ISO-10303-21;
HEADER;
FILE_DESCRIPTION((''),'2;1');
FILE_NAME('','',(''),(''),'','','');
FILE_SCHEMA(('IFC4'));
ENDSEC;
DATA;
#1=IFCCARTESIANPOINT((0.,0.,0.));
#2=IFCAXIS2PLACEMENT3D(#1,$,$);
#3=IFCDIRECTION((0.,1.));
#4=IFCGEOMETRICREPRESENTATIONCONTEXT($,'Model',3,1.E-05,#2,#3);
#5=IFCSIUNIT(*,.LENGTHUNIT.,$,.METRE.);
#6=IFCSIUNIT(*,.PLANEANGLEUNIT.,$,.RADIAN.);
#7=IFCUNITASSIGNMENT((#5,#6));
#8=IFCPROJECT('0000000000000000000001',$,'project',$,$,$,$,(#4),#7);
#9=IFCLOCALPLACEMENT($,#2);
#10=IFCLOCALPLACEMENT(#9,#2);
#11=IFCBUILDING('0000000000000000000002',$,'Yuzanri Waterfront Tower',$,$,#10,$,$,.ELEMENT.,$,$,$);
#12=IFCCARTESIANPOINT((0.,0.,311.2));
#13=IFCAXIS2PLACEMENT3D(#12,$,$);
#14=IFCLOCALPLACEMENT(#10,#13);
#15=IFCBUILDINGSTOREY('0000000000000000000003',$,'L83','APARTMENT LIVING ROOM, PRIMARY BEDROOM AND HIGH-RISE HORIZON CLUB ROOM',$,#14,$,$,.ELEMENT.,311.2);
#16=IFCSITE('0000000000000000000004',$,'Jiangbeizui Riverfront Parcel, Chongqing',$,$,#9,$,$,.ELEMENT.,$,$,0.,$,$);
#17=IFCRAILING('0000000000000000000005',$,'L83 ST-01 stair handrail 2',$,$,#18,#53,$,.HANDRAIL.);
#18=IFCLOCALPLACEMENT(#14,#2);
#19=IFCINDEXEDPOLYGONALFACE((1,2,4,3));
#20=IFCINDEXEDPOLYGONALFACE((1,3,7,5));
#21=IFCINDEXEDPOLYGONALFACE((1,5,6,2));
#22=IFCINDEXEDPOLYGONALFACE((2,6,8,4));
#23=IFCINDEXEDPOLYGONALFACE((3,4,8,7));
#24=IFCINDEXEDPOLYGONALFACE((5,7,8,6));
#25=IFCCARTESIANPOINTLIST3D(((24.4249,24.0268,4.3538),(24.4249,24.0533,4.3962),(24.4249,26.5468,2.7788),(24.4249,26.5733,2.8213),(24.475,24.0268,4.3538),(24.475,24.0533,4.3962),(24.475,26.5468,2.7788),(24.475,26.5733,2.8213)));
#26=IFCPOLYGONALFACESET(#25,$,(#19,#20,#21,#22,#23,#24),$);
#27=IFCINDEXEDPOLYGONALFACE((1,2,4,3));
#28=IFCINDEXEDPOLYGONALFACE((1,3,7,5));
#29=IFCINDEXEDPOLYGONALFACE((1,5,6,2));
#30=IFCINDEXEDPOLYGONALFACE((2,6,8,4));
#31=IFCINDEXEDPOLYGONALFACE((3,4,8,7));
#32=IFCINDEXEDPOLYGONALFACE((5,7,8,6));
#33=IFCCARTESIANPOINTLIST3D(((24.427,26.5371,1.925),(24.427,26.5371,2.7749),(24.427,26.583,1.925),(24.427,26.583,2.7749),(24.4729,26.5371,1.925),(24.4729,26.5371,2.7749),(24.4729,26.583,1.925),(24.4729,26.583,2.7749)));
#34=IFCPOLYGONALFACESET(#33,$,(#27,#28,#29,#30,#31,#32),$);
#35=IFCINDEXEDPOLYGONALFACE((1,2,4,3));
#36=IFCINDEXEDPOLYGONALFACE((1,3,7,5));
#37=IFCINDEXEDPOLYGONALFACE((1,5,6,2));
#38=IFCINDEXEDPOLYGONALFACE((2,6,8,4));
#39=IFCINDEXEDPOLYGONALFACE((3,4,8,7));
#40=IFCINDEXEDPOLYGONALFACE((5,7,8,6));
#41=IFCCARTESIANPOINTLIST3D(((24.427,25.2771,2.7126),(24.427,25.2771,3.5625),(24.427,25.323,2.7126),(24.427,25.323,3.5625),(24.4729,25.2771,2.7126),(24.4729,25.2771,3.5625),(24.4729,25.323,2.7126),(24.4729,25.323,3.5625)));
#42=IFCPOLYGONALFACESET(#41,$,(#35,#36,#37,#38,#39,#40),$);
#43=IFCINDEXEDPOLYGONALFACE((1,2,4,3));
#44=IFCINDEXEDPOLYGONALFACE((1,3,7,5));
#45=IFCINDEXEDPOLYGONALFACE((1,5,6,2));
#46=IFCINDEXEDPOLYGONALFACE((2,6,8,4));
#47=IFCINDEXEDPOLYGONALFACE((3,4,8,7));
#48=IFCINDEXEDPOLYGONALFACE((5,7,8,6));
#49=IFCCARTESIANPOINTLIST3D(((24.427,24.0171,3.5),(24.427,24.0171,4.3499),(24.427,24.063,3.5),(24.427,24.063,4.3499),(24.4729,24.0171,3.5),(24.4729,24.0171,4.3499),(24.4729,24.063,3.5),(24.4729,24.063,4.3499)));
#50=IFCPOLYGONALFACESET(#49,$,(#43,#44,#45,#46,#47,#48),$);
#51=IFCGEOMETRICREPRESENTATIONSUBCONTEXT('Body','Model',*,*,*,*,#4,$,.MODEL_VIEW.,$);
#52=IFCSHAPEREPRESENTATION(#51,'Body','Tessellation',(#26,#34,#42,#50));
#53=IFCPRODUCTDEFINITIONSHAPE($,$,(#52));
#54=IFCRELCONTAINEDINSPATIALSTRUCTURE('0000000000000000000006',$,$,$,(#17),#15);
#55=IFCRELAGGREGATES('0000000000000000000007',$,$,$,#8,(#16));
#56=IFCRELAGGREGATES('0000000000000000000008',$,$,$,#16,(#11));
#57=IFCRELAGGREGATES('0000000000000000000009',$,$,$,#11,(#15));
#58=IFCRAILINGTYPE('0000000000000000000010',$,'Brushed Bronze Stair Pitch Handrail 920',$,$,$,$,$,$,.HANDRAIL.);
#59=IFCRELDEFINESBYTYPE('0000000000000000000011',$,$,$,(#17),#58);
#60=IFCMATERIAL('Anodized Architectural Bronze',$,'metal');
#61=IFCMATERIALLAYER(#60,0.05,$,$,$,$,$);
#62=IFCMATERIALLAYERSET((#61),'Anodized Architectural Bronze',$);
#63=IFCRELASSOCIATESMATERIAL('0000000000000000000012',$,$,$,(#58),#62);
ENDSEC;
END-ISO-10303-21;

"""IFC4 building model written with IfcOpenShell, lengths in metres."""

from ifc_helpers import new_model, si_unit, direction, frame, origin, origin_2d, place, context, subcontext, project, spatial, rectangle, extrude, source, transform, mapped, material, layer, layer_set, type_object, element, save


model = new_model("IFC4")

# Units and contexts
model_context = context("Model", 3, precision=1e-05, world=origin(), true_north=direction((0.0, 1.0)))
body_context = subcontext(model_context, "Body", "Model", "MODEL_VIEW")
ifc_project = project(units=[si_unit("LENGTHUNIT", "METRE"), si_unit("PLANEANGLEUNIT", "RADIAN")], contexts=[model_context])

# Site, building, storey
site_placement = place(None, origin())
site = spatial("IfcSite", under=ifc_project, at=site_placement, Name="Jiangbeizui Riverfront Parcel, Chongqing", CompositionType="ELEMENT", RefElevation=0.0)
building_placement = place(site_placement, origin())
building = spatial("IfcBuilding", under=site, at=building_placement, Name="Yuzanri Waterfront Tower", CompositionType="ELEMENT")
storey_placement = place(building_placement, frame((0.0, 0.0, 311.2)))
storey = spatial("IfcBuildingStorey", under=building, at=storey_placement, Name="L83", Description="APARTMENT LIVING ROOM, PRIMARY BEDROOM AND HIGH-RISE HORIZON CLUB ROOM", CompositionType="ELEMENT", Elevation=311.2)

# Railing
ifc_material_1 = material(Name="Anodized Architectural Bronze", Category="metal")
ifc_layer_1 = layer(ifc_material_1, 0.05)
ifc_layer_set_1 = layer_set([ifc_layer_1], Name="Anodized Architectural Bronze")
railing_type_1 = type_object("IfcRailingType", Name="Brushed Bronze Stair Pitch Handrail 920", PredefinedType="HANDRAIL", material=ifc_layer_set_1)
shared_shape_1 = source(origin(), body_context, "Body", "SweptSolid", [
    extrude(rectangle(XDim=0.05, YDim=0.05, at=origin_2d()), frame((0.0, 0.0, 0.875), z_axis=(0.0, -0.848008, 0.529984), x_axis=(1.0, 0.0, 0.0)), (0.0, 0.0, 1.0), 2.9717),
    extrude(rectangle(XDim=0.0459, YDim=0.0459, at=origin_2d()), origin(), (0.0, 0.0, 1.0), 0.8499),
    extrude(rectangle(XDim=0.0459, YDim=0.0459, at=origin_2d()), frame((0.0, -1.26, 0.7876)), (0.0, 0.0, 1.0), 0.8499),
    extrude(rectangle(XDim=0.0459, YDim=0.0459, at=origin_2d()), frame((0.0, -2.52, 1.575)), (0.0, 0.0, 1.0), 0.8499),
])
railing_1_placement = place(storey_placement, frame((24.45, 26.5601, 1.925)))
element("IfcRailing", 1, at=railing_1_placement, inside=storey, type_object=railing_type_1, Name="L83 ST-01 stair handrail 2", PredefinedType="HANDRAIL", context=body_context, shape_type="MappedRepresentation", body=[
    mapped(shared_shape_1, transform((0.0, 0.0, 0.0), scale=1.0)),
])

save(model, "model.ifc")
